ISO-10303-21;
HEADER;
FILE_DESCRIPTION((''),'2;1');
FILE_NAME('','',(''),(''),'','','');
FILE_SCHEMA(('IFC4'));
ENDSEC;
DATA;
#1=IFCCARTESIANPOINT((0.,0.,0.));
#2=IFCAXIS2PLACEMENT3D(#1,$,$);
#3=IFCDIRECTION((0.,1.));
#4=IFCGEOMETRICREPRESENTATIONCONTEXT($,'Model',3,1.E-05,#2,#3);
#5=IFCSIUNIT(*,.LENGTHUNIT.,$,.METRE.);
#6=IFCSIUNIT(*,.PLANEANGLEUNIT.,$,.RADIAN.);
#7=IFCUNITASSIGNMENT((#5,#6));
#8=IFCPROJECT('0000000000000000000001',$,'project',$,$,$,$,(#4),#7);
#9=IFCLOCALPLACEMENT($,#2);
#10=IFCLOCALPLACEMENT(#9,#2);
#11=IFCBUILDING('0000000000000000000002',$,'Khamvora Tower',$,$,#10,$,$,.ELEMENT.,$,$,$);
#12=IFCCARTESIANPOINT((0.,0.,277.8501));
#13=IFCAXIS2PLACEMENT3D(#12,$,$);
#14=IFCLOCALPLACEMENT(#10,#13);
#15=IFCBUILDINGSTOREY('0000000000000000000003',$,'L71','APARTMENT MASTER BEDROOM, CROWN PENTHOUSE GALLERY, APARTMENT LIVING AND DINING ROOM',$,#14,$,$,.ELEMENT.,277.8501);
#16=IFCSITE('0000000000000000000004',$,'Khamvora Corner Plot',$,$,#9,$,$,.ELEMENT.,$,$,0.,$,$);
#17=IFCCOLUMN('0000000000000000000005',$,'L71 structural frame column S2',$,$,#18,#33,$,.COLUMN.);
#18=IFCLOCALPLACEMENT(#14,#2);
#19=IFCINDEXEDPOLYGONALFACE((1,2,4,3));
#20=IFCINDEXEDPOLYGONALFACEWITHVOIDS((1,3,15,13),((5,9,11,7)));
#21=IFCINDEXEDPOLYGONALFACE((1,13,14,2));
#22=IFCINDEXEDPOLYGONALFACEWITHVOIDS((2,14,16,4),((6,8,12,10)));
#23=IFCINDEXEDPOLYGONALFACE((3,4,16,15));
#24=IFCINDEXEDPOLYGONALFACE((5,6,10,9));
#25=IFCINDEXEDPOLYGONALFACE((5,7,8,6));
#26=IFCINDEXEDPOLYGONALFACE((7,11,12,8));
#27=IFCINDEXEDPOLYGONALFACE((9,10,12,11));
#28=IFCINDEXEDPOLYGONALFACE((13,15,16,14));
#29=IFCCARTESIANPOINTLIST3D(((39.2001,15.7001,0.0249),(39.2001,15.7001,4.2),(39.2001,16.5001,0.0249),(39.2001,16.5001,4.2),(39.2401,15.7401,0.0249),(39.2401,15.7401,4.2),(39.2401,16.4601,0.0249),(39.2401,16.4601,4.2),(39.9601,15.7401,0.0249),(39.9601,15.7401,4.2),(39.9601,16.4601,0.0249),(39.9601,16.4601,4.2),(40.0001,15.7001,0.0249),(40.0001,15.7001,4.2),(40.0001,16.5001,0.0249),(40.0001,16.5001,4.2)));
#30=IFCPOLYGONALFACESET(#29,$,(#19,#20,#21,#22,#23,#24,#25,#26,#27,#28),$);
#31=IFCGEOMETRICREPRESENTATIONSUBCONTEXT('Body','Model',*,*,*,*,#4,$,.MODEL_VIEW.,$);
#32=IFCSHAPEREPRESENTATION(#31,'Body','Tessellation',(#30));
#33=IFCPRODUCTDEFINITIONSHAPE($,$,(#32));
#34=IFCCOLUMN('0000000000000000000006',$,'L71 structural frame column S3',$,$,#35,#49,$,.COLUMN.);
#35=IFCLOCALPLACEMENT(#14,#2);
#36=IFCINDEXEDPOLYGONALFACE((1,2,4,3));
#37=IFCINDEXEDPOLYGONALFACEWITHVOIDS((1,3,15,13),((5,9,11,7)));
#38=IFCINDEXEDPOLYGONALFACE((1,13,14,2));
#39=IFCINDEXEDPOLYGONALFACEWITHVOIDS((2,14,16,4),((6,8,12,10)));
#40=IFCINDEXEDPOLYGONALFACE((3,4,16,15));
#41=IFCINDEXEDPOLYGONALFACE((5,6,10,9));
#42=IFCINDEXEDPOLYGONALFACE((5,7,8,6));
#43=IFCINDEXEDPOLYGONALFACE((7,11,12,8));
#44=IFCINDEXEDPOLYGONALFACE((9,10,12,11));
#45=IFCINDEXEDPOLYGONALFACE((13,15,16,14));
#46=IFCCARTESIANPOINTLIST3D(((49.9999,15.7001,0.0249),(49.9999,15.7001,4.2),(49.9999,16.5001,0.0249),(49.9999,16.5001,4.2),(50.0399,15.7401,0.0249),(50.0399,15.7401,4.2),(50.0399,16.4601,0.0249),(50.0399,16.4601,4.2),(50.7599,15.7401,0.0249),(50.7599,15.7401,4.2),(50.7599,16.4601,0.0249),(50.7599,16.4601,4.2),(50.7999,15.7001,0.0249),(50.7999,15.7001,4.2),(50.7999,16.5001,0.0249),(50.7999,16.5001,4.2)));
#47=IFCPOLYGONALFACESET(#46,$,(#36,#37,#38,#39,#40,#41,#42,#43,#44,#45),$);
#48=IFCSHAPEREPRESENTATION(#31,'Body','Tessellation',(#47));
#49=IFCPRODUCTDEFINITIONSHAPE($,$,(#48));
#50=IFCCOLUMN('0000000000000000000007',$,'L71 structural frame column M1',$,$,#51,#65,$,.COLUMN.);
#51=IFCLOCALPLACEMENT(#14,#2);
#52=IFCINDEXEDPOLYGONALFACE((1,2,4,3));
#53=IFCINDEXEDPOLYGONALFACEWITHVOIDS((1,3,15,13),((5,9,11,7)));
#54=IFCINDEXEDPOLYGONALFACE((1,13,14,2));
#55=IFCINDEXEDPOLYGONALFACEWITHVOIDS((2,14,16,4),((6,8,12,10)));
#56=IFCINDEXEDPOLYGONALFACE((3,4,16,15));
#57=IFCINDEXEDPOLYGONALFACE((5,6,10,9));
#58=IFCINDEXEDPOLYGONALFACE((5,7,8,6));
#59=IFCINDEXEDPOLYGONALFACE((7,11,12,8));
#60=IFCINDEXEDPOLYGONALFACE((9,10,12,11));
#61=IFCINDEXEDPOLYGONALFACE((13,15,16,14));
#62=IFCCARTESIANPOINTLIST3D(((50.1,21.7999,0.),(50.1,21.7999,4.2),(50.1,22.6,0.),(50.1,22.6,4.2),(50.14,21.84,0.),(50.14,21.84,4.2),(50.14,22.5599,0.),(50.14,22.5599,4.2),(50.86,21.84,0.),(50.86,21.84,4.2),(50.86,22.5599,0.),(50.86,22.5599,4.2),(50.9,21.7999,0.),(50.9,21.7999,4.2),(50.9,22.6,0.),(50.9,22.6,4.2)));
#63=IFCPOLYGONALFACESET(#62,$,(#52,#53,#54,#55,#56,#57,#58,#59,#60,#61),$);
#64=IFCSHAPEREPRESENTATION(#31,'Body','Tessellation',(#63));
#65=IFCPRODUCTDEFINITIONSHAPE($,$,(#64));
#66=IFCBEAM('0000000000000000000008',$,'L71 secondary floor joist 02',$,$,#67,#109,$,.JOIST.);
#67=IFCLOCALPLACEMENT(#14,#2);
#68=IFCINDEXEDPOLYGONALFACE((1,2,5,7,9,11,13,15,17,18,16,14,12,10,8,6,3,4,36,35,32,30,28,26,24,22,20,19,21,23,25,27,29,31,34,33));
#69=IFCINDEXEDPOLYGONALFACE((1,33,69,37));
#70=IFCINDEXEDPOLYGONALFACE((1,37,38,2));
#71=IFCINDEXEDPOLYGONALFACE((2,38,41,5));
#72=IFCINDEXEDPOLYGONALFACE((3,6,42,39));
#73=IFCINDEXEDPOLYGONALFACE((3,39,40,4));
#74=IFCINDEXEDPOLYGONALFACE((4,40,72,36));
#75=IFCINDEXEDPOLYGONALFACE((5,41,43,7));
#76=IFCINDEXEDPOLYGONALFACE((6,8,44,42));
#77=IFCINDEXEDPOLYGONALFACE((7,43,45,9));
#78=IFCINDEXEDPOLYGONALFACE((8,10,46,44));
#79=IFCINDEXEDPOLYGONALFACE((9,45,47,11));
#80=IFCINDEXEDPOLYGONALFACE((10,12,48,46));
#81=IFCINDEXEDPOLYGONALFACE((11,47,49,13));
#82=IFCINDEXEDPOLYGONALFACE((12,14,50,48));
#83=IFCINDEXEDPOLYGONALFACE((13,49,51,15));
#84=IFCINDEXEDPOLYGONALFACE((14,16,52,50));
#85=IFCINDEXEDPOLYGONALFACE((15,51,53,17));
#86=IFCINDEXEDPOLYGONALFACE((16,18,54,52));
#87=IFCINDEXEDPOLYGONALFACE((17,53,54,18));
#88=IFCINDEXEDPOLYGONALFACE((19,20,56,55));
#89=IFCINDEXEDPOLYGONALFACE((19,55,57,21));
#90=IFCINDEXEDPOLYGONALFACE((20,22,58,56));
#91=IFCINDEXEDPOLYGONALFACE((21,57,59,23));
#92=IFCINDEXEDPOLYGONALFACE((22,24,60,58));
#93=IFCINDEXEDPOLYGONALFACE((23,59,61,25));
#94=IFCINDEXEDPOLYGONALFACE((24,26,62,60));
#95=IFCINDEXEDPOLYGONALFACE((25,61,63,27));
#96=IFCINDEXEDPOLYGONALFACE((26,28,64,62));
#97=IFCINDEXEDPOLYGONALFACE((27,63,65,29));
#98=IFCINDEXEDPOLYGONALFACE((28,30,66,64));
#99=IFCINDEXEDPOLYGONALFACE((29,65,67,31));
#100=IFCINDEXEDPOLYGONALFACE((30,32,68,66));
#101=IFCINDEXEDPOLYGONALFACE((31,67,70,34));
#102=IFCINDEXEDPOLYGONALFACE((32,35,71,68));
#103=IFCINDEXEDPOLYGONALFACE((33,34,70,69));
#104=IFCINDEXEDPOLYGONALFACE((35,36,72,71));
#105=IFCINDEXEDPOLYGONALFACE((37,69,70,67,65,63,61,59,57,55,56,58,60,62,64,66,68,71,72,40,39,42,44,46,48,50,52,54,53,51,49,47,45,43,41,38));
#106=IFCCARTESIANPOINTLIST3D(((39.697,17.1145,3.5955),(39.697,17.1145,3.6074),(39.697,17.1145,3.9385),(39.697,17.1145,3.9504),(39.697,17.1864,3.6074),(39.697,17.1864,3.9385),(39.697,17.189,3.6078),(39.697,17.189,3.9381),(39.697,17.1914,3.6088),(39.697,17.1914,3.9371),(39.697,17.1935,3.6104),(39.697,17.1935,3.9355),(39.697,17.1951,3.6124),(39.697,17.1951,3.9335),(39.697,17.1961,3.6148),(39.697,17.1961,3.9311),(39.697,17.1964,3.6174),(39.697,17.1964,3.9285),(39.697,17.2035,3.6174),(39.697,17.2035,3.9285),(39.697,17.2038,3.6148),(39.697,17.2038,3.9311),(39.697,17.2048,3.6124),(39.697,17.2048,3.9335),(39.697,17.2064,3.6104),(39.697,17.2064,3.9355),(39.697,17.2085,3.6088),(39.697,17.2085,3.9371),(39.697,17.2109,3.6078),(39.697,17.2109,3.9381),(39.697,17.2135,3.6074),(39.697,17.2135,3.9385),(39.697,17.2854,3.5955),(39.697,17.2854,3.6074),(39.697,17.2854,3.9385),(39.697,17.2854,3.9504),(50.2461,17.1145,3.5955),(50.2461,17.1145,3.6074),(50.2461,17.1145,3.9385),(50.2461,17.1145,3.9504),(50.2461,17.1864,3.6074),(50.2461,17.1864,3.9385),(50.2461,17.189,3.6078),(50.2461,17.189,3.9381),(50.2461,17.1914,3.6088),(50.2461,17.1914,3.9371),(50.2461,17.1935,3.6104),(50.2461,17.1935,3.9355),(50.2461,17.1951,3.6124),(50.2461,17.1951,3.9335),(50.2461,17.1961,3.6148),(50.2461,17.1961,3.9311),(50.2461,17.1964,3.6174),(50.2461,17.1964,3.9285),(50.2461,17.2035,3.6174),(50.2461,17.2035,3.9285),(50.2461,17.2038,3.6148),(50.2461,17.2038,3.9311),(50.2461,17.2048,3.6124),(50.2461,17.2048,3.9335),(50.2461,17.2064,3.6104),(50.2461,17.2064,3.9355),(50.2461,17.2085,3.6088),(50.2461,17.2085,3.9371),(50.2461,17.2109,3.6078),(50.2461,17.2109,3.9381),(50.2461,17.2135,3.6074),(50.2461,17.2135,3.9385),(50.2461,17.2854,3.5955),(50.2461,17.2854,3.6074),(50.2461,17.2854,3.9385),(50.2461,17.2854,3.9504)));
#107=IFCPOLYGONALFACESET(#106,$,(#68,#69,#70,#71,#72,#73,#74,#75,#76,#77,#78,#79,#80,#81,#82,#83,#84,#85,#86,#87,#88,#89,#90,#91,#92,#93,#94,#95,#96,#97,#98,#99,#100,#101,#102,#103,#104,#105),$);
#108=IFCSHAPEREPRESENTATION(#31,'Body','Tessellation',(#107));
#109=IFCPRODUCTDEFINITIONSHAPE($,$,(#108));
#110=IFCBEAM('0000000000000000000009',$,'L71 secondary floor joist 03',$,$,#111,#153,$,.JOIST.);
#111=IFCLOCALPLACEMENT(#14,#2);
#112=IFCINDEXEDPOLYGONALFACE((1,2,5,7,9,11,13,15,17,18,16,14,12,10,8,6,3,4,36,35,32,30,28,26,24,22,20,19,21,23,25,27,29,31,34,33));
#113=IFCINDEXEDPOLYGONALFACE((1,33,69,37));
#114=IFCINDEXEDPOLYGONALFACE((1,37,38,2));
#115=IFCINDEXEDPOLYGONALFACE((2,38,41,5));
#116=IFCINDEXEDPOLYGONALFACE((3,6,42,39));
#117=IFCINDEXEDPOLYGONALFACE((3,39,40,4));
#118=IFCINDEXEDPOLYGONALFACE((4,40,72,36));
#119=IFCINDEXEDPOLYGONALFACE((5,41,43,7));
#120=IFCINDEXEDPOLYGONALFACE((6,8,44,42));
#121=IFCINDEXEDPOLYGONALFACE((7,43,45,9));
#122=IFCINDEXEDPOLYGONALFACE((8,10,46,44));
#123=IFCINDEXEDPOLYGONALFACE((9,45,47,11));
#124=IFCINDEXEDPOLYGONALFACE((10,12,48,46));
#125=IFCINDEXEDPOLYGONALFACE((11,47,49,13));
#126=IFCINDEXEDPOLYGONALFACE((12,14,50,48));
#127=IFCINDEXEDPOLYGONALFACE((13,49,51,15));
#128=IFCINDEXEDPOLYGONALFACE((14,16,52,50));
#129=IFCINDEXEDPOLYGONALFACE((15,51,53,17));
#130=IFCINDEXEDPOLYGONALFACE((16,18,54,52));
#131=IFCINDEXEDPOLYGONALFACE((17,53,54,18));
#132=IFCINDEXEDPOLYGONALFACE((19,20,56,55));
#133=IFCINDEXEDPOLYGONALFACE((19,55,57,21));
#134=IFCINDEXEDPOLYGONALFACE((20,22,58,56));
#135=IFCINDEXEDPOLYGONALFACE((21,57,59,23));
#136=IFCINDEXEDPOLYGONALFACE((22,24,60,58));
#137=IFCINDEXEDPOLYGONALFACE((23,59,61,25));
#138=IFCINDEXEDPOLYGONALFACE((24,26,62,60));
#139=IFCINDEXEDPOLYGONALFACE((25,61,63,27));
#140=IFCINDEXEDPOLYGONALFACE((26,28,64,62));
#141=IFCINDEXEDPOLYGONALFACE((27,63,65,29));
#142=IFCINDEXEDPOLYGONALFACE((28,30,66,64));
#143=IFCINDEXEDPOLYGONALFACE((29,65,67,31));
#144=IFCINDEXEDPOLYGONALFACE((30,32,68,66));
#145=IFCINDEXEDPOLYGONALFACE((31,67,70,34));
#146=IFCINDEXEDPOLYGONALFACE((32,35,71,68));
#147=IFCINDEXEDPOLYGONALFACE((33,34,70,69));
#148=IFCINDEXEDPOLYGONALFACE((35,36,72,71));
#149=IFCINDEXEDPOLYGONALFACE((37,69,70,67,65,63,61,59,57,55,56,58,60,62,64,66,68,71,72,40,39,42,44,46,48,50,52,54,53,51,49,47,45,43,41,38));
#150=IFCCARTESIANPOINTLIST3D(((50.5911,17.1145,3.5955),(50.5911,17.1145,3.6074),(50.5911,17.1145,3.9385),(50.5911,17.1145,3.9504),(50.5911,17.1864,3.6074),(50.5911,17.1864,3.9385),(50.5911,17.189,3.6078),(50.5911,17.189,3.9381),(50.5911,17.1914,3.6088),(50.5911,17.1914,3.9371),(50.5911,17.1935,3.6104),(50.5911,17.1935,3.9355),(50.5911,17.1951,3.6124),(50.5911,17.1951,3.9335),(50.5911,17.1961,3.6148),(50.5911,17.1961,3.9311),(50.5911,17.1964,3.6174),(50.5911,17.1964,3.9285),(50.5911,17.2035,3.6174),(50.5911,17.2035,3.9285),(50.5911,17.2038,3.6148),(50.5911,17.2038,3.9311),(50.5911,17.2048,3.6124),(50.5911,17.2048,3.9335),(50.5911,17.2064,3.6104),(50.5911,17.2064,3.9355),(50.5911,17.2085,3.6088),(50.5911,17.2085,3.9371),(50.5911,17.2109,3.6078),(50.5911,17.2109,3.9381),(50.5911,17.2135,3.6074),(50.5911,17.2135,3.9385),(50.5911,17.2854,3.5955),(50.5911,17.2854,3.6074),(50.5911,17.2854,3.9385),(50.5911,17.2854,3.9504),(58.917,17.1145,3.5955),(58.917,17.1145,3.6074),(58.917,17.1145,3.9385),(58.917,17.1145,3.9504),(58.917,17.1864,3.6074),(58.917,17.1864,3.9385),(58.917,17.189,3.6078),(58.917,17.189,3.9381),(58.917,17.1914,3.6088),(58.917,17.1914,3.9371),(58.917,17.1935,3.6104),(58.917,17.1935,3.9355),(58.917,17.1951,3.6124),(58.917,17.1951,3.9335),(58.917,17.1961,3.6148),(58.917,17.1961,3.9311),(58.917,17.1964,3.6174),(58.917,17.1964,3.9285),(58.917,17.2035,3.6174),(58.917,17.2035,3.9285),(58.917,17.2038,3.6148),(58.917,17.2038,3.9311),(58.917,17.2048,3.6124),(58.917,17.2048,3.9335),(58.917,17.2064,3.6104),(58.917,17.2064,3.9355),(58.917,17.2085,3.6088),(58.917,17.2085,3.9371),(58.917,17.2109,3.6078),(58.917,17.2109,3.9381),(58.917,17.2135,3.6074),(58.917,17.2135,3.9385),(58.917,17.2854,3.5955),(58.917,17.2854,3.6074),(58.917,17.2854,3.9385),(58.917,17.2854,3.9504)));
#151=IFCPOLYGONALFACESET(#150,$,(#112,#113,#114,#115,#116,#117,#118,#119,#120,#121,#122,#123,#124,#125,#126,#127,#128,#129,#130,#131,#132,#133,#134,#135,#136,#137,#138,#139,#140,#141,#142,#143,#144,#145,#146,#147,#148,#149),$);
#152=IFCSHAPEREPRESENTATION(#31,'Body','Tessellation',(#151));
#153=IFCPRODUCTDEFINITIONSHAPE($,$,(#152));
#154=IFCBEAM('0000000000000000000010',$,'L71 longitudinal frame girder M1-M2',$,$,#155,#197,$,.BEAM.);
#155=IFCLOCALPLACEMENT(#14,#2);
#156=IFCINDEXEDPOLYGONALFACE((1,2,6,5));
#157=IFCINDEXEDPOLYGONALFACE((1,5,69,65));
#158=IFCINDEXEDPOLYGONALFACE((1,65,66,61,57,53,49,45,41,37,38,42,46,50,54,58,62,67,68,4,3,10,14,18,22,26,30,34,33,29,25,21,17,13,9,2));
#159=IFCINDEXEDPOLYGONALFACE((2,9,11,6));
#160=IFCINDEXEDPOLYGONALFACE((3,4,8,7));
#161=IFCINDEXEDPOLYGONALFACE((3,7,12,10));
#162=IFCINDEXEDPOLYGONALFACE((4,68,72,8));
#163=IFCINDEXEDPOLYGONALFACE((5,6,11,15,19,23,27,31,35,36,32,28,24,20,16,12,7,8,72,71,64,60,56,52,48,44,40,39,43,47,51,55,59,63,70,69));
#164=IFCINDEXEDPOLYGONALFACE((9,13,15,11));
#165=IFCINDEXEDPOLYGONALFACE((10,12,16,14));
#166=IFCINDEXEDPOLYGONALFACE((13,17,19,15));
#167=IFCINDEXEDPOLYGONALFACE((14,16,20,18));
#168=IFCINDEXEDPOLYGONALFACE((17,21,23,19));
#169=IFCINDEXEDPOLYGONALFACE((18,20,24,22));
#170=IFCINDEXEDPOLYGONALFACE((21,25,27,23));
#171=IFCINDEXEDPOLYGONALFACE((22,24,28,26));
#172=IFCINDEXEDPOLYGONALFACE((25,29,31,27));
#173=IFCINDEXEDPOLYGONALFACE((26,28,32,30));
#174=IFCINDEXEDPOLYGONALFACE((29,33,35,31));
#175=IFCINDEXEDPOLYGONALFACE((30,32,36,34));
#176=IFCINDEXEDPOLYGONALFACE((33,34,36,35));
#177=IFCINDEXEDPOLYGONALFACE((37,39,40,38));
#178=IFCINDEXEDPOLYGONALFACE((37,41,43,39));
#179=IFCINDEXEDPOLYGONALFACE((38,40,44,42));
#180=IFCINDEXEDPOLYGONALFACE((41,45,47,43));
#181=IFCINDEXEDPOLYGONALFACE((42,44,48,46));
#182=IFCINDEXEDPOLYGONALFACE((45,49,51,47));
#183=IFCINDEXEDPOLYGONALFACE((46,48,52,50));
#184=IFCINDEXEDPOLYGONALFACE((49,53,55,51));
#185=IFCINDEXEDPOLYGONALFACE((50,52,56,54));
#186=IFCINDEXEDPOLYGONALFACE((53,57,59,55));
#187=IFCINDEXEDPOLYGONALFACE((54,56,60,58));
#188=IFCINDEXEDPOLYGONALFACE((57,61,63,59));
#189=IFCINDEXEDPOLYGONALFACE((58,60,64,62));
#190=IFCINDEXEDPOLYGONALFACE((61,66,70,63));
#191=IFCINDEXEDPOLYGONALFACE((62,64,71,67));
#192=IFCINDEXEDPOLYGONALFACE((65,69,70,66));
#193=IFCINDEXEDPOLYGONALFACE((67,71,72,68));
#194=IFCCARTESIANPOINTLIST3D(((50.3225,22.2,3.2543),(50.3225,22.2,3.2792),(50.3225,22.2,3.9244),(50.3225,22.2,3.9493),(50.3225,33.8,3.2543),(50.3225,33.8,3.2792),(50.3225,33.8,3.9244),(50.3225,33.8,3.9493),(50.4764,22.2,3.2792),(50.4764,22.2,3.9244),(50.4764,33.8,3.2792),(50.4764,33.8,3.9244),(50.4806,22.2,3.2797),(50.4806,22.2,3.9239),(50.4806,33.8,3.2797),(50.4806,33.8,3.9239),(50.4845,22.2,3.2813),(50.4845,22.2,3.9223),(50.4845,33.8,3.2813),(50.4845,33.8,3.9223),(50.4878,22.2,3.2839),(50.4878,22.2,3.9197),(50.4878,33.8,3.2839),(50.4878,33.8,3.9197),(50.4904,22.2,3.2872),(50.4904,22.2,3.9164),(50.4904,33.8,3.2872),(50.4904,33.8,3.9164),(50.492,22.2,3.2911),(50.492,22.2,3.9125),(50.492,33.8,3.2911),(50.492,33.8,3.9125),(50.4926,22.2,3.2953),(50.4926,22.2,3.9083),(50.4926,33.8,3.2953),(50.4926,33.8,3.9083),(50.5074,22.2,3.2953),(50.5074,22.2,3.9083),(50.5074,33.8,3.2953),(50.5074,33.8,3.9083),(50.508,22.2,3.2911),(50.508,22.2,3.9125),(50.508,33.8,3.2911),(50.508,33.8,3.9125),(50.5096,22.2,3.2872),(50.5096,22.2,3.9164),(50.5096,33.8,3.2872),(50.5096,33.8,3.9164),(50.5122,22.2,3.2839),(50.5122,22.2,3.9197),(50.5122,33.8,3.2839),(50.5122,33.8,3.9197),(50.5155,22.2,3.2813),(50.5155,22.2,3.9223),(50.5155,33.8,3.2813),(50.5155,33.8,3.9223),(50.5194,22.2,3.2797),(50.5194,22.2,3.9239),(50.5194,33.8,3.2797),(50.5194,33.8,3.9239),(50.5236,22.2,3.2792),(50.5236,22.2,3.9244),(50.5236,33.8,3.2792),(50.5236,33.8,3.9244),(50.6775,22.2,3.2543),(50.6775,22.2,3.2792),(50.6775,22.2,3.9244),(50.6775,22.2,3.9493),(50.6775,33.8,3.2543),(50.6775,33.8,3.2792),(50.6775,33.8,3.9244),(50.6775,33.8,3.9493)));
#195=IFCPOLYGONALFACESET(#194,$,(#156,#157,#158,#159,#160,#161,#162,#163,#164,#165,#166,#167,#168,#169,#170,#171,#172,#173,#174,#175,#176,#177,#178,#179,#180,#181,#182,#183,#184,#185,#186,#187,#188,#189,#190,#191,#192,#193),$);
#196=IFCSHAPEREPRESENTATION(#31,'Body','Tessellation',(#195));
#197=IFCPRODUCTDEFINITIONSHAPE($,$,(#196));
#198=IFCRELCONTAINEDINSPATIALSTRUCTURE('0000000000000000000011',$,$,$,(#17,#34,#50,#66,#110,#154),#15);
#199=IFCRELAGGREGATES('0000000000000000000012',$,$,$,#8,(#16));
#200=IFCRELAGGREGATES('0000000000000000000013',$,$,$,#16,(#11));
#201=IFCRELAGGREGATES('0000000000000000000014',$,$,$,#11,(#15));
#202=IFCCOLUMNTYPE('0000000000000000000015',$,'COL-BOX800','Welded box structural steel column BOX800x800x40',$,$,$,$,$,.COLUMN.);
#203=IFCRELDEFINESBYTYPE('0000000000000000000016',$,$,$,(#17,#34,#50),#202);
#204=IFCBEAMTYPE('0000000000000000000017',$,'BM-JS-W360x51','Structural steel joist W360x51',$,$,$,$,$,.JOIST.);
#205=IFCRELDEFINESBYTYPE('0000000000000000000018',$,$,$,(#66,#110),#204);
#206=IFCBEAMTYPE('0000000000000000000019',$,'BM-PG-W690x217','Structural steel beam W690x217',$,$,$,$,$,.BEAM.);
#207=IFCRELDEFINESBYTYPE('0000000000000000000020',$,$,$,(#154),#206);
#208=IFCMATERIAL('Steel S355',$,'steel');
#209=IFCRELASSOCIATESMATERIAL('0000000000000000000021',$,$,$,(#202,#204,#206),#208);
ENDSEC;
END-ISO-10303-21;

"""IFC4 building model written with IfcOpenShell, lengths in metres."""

from ifc_helpers import new_model, si_unit, direction, frame, origin, origin_2d, place, context, subcontext, project, spatial, hollow_rectangle, i_section, extrude, material, material_profile, profile_set, type_object, element, save


model = new_model("IFC4")

# Units and contexts
model_context = context("Model", 3, precision=1e-05, world=origin(), true_north=direction((0.0, 1.0)))
body_context = subcontext(model_context, "Body", "Model", "MODEL_VIEW")
ifc_project = project(units=[si_unit("LENGTHUNIT", "METRE"), si_unit("PLANEANGLEUNIT", "RADIAN")], contexts=[model_context])

# Site, building, storey
site_placement = place(None, origin())
site = spatial("IfcSite", under=ifc_project, at=site_placement, Name="Khamvora Corner Plot", CompositionType="ELEMENT", RefElevation=0.0)
building_placement = place(site_placement, origin())
building = spatial("IfcBuilding", under=site, at=building_placement, Name="Khamvora Tower", CompositionType="ELEMENT")
storey_placement = place(building_placement, frame((0.0, 0.0, 277.8501)))
storey = spatial("IfcBuildingStorey", under=building, at=storey_placement, Name="L71", Description="APARTMENT MASTER BEDROOM, CROWN PENTHOUSE GALLERY, APARTMENT LIVING AND DINING ROOM", CompositionType="ELEMENT", Elevation=277.8501)

# Columns
ifc_material_1 = material(Name="Steel S355", Category="steel")
ifc_material_profile_1 = material_profile(ifc_material_1, hollow_rectangle(XDim=0.8, YDim=0.8, WallThickness=0.04, at=origin_2d()), Name="BOX800x800x40")
ifc_profile_set_1 = profile_set([ifc_material_profile_1], Name="Steel S355")
column_type = type_object("IfcColumnType", Name="COL-BOX800", Description="Welded box structural steel column BOX800x800x40", PredefinedType="COLUMN", material=ifc_profile_set_1)
for number, where, z_axis, x_axis, name in (
    (1, (39.6001, 16.1001, 0.0249), (0.0, 0.0, 1.0), (1.0, 0.0, 0.0), "L71 structural frame column S2"),
    (2, (50.3999, 16.1001, 0.0249), (0.0, 0.0, 1.0), (1.0, 0.0, 0.0), "L71 structural frame column S3"),
):
    element("IfcColumn", number, at=place(storey_placement, frame(where, z_axis=z_axis, x_axis=x_axis)), inside=storey, type_object=column_type, Name=name, PredefinedType="COLUMN", context=body_context, shape_type="SweptSolid", body=[
        extrude(hollow_rectangle(XDim=0.8, YDim=0.8, WallThickness=0.04, at=origin_2d()), origin(), (0.0, 0.0, 1.0), 4.175),
    ])
column_placement = place(storey_placement, frame((50.5, 22.2, 0.0), z_axis=(0.0, 0.0, 1.0), x_axis=(1.0, 0.0, 0.0)))
element("IfcColumn", 3, at=column_placement, inside=storey, type_object=column_type, Name="L71 structural frame column M1", PredefinedType="COLUMN", context=body_context, shape_type="SweptSolid", body=[
    extrude(hollow_rectangle(XDim=0.8, YDim=0.8, WallThickness=0.04, at=origin_2d()), origin(), (0.0, 0.0, 1.0), 4.2),
])

# Beams
ifc_material_profile_2 = material_profile(ifc_material_1, i_section(OverallWidth=0.1709, OverallDepth=0.355, WebThickness=0.0071, FlangeThickness=0.012, FilletRadius=0.01, at=origin_2d()), Name="W360x51")
ifc_profile_set_2 = profile_set([ifc_material_profile_2], Name="Steel S355")
beam_type_1 = type_object("IfcBeamType", Name="BM-JS-W360x51", Description="Structural steel joist W360x51", PredefinedType="JOIST", material=ifc_profile_set_2)
beam_1_placement = place(storey_placement, frame((39.697, 17.2, 3.7729), z_axis=(1.0, 0.0, 0.0), x_axis=(0.0, 1.0, 0.0)))
element("IfcBeam", 4, at=beam_1_placement, inside=storey, type_object=beam_type_1, Name="L71 secondary floor joist 02", PredefinedType="JOIST", context=body_context, shape_type="SweptSolid", body=[
    extrude(i_section(OverallWidth=0.1709, OverallDepth=0.355, WebThickness=0.0071, FlangeThickness=0.012, FilletRadius=0.01, at=origin_2d()), origin(), (0.0, 0.0, 1.0), 10.5491),
])
beam_2_placement = place(storey_placement, frame((50.5911, 17.2, 3.7729), z_axis=(1.0, 0.0, 0.0), x_axis=(0.0, 1.0, 0.0)))
element("IfcBeam", 5, at=beam_2_placement, inside=storey, type_object=beam_type_1, Name="L71 secondary floor joist 03", PredefinedType="JOIST", context=body_context, shape_type="SweptSolid", body=[
    extrude(i_section(OverallWidth=0.1709, OverallDepth=0.355, WebThickness=0.0071, FlangeThickness=0.012, FilletRadius=0.01, at=origin_2d()), origin(), (0.0, 0.0, 1.0), 8.3259),
])
ifc_material_profile_3 = material_profile(ifc_material_1, i_section(OverallWidth=0.355, OverallDepth=0.6951, WebThickness=0.0149, FlangeThickness=0.0249, FilletRadius=0.0161, at=origin_2d()), Name="W690x217")
ifc_profile_set_3 = profile_set([ifc_material_profile_3], Name="Steel S355")
beam_type_2 = type_object("IfcBeamType", Name="BM-PG-W690x217", Description="Structural steel beam W690x217", PredefinedType="BEAM", material=ifc_profile_set_3)
beam_3_placement = place(storey_placement, frame((50.5, 22.2, 3.6018), z_axis=(0.0, 1.0, 0.0), x_axis=(-1.0, 0.0, 0.0)))
element("IfcBeam", 6, at=beam_3_placement, inside=storey, type_object=beam_type_2, Name="L71 longitudinal frame girder M1-M2", PredefinedType="BEAM", context=body_context, shape_type="SweptSolid", body=[
    extrude(i_section(OverallWidth=0.355, OverallDepth=0.6951, WebThickness=0.0149, FlangeThickness=0.0249, FilletRadius=0.0161, at=origin_2d()), origin(), (0.0, 0.0, 1.0), 11.6001),
])

save(model, "model.ifc")
